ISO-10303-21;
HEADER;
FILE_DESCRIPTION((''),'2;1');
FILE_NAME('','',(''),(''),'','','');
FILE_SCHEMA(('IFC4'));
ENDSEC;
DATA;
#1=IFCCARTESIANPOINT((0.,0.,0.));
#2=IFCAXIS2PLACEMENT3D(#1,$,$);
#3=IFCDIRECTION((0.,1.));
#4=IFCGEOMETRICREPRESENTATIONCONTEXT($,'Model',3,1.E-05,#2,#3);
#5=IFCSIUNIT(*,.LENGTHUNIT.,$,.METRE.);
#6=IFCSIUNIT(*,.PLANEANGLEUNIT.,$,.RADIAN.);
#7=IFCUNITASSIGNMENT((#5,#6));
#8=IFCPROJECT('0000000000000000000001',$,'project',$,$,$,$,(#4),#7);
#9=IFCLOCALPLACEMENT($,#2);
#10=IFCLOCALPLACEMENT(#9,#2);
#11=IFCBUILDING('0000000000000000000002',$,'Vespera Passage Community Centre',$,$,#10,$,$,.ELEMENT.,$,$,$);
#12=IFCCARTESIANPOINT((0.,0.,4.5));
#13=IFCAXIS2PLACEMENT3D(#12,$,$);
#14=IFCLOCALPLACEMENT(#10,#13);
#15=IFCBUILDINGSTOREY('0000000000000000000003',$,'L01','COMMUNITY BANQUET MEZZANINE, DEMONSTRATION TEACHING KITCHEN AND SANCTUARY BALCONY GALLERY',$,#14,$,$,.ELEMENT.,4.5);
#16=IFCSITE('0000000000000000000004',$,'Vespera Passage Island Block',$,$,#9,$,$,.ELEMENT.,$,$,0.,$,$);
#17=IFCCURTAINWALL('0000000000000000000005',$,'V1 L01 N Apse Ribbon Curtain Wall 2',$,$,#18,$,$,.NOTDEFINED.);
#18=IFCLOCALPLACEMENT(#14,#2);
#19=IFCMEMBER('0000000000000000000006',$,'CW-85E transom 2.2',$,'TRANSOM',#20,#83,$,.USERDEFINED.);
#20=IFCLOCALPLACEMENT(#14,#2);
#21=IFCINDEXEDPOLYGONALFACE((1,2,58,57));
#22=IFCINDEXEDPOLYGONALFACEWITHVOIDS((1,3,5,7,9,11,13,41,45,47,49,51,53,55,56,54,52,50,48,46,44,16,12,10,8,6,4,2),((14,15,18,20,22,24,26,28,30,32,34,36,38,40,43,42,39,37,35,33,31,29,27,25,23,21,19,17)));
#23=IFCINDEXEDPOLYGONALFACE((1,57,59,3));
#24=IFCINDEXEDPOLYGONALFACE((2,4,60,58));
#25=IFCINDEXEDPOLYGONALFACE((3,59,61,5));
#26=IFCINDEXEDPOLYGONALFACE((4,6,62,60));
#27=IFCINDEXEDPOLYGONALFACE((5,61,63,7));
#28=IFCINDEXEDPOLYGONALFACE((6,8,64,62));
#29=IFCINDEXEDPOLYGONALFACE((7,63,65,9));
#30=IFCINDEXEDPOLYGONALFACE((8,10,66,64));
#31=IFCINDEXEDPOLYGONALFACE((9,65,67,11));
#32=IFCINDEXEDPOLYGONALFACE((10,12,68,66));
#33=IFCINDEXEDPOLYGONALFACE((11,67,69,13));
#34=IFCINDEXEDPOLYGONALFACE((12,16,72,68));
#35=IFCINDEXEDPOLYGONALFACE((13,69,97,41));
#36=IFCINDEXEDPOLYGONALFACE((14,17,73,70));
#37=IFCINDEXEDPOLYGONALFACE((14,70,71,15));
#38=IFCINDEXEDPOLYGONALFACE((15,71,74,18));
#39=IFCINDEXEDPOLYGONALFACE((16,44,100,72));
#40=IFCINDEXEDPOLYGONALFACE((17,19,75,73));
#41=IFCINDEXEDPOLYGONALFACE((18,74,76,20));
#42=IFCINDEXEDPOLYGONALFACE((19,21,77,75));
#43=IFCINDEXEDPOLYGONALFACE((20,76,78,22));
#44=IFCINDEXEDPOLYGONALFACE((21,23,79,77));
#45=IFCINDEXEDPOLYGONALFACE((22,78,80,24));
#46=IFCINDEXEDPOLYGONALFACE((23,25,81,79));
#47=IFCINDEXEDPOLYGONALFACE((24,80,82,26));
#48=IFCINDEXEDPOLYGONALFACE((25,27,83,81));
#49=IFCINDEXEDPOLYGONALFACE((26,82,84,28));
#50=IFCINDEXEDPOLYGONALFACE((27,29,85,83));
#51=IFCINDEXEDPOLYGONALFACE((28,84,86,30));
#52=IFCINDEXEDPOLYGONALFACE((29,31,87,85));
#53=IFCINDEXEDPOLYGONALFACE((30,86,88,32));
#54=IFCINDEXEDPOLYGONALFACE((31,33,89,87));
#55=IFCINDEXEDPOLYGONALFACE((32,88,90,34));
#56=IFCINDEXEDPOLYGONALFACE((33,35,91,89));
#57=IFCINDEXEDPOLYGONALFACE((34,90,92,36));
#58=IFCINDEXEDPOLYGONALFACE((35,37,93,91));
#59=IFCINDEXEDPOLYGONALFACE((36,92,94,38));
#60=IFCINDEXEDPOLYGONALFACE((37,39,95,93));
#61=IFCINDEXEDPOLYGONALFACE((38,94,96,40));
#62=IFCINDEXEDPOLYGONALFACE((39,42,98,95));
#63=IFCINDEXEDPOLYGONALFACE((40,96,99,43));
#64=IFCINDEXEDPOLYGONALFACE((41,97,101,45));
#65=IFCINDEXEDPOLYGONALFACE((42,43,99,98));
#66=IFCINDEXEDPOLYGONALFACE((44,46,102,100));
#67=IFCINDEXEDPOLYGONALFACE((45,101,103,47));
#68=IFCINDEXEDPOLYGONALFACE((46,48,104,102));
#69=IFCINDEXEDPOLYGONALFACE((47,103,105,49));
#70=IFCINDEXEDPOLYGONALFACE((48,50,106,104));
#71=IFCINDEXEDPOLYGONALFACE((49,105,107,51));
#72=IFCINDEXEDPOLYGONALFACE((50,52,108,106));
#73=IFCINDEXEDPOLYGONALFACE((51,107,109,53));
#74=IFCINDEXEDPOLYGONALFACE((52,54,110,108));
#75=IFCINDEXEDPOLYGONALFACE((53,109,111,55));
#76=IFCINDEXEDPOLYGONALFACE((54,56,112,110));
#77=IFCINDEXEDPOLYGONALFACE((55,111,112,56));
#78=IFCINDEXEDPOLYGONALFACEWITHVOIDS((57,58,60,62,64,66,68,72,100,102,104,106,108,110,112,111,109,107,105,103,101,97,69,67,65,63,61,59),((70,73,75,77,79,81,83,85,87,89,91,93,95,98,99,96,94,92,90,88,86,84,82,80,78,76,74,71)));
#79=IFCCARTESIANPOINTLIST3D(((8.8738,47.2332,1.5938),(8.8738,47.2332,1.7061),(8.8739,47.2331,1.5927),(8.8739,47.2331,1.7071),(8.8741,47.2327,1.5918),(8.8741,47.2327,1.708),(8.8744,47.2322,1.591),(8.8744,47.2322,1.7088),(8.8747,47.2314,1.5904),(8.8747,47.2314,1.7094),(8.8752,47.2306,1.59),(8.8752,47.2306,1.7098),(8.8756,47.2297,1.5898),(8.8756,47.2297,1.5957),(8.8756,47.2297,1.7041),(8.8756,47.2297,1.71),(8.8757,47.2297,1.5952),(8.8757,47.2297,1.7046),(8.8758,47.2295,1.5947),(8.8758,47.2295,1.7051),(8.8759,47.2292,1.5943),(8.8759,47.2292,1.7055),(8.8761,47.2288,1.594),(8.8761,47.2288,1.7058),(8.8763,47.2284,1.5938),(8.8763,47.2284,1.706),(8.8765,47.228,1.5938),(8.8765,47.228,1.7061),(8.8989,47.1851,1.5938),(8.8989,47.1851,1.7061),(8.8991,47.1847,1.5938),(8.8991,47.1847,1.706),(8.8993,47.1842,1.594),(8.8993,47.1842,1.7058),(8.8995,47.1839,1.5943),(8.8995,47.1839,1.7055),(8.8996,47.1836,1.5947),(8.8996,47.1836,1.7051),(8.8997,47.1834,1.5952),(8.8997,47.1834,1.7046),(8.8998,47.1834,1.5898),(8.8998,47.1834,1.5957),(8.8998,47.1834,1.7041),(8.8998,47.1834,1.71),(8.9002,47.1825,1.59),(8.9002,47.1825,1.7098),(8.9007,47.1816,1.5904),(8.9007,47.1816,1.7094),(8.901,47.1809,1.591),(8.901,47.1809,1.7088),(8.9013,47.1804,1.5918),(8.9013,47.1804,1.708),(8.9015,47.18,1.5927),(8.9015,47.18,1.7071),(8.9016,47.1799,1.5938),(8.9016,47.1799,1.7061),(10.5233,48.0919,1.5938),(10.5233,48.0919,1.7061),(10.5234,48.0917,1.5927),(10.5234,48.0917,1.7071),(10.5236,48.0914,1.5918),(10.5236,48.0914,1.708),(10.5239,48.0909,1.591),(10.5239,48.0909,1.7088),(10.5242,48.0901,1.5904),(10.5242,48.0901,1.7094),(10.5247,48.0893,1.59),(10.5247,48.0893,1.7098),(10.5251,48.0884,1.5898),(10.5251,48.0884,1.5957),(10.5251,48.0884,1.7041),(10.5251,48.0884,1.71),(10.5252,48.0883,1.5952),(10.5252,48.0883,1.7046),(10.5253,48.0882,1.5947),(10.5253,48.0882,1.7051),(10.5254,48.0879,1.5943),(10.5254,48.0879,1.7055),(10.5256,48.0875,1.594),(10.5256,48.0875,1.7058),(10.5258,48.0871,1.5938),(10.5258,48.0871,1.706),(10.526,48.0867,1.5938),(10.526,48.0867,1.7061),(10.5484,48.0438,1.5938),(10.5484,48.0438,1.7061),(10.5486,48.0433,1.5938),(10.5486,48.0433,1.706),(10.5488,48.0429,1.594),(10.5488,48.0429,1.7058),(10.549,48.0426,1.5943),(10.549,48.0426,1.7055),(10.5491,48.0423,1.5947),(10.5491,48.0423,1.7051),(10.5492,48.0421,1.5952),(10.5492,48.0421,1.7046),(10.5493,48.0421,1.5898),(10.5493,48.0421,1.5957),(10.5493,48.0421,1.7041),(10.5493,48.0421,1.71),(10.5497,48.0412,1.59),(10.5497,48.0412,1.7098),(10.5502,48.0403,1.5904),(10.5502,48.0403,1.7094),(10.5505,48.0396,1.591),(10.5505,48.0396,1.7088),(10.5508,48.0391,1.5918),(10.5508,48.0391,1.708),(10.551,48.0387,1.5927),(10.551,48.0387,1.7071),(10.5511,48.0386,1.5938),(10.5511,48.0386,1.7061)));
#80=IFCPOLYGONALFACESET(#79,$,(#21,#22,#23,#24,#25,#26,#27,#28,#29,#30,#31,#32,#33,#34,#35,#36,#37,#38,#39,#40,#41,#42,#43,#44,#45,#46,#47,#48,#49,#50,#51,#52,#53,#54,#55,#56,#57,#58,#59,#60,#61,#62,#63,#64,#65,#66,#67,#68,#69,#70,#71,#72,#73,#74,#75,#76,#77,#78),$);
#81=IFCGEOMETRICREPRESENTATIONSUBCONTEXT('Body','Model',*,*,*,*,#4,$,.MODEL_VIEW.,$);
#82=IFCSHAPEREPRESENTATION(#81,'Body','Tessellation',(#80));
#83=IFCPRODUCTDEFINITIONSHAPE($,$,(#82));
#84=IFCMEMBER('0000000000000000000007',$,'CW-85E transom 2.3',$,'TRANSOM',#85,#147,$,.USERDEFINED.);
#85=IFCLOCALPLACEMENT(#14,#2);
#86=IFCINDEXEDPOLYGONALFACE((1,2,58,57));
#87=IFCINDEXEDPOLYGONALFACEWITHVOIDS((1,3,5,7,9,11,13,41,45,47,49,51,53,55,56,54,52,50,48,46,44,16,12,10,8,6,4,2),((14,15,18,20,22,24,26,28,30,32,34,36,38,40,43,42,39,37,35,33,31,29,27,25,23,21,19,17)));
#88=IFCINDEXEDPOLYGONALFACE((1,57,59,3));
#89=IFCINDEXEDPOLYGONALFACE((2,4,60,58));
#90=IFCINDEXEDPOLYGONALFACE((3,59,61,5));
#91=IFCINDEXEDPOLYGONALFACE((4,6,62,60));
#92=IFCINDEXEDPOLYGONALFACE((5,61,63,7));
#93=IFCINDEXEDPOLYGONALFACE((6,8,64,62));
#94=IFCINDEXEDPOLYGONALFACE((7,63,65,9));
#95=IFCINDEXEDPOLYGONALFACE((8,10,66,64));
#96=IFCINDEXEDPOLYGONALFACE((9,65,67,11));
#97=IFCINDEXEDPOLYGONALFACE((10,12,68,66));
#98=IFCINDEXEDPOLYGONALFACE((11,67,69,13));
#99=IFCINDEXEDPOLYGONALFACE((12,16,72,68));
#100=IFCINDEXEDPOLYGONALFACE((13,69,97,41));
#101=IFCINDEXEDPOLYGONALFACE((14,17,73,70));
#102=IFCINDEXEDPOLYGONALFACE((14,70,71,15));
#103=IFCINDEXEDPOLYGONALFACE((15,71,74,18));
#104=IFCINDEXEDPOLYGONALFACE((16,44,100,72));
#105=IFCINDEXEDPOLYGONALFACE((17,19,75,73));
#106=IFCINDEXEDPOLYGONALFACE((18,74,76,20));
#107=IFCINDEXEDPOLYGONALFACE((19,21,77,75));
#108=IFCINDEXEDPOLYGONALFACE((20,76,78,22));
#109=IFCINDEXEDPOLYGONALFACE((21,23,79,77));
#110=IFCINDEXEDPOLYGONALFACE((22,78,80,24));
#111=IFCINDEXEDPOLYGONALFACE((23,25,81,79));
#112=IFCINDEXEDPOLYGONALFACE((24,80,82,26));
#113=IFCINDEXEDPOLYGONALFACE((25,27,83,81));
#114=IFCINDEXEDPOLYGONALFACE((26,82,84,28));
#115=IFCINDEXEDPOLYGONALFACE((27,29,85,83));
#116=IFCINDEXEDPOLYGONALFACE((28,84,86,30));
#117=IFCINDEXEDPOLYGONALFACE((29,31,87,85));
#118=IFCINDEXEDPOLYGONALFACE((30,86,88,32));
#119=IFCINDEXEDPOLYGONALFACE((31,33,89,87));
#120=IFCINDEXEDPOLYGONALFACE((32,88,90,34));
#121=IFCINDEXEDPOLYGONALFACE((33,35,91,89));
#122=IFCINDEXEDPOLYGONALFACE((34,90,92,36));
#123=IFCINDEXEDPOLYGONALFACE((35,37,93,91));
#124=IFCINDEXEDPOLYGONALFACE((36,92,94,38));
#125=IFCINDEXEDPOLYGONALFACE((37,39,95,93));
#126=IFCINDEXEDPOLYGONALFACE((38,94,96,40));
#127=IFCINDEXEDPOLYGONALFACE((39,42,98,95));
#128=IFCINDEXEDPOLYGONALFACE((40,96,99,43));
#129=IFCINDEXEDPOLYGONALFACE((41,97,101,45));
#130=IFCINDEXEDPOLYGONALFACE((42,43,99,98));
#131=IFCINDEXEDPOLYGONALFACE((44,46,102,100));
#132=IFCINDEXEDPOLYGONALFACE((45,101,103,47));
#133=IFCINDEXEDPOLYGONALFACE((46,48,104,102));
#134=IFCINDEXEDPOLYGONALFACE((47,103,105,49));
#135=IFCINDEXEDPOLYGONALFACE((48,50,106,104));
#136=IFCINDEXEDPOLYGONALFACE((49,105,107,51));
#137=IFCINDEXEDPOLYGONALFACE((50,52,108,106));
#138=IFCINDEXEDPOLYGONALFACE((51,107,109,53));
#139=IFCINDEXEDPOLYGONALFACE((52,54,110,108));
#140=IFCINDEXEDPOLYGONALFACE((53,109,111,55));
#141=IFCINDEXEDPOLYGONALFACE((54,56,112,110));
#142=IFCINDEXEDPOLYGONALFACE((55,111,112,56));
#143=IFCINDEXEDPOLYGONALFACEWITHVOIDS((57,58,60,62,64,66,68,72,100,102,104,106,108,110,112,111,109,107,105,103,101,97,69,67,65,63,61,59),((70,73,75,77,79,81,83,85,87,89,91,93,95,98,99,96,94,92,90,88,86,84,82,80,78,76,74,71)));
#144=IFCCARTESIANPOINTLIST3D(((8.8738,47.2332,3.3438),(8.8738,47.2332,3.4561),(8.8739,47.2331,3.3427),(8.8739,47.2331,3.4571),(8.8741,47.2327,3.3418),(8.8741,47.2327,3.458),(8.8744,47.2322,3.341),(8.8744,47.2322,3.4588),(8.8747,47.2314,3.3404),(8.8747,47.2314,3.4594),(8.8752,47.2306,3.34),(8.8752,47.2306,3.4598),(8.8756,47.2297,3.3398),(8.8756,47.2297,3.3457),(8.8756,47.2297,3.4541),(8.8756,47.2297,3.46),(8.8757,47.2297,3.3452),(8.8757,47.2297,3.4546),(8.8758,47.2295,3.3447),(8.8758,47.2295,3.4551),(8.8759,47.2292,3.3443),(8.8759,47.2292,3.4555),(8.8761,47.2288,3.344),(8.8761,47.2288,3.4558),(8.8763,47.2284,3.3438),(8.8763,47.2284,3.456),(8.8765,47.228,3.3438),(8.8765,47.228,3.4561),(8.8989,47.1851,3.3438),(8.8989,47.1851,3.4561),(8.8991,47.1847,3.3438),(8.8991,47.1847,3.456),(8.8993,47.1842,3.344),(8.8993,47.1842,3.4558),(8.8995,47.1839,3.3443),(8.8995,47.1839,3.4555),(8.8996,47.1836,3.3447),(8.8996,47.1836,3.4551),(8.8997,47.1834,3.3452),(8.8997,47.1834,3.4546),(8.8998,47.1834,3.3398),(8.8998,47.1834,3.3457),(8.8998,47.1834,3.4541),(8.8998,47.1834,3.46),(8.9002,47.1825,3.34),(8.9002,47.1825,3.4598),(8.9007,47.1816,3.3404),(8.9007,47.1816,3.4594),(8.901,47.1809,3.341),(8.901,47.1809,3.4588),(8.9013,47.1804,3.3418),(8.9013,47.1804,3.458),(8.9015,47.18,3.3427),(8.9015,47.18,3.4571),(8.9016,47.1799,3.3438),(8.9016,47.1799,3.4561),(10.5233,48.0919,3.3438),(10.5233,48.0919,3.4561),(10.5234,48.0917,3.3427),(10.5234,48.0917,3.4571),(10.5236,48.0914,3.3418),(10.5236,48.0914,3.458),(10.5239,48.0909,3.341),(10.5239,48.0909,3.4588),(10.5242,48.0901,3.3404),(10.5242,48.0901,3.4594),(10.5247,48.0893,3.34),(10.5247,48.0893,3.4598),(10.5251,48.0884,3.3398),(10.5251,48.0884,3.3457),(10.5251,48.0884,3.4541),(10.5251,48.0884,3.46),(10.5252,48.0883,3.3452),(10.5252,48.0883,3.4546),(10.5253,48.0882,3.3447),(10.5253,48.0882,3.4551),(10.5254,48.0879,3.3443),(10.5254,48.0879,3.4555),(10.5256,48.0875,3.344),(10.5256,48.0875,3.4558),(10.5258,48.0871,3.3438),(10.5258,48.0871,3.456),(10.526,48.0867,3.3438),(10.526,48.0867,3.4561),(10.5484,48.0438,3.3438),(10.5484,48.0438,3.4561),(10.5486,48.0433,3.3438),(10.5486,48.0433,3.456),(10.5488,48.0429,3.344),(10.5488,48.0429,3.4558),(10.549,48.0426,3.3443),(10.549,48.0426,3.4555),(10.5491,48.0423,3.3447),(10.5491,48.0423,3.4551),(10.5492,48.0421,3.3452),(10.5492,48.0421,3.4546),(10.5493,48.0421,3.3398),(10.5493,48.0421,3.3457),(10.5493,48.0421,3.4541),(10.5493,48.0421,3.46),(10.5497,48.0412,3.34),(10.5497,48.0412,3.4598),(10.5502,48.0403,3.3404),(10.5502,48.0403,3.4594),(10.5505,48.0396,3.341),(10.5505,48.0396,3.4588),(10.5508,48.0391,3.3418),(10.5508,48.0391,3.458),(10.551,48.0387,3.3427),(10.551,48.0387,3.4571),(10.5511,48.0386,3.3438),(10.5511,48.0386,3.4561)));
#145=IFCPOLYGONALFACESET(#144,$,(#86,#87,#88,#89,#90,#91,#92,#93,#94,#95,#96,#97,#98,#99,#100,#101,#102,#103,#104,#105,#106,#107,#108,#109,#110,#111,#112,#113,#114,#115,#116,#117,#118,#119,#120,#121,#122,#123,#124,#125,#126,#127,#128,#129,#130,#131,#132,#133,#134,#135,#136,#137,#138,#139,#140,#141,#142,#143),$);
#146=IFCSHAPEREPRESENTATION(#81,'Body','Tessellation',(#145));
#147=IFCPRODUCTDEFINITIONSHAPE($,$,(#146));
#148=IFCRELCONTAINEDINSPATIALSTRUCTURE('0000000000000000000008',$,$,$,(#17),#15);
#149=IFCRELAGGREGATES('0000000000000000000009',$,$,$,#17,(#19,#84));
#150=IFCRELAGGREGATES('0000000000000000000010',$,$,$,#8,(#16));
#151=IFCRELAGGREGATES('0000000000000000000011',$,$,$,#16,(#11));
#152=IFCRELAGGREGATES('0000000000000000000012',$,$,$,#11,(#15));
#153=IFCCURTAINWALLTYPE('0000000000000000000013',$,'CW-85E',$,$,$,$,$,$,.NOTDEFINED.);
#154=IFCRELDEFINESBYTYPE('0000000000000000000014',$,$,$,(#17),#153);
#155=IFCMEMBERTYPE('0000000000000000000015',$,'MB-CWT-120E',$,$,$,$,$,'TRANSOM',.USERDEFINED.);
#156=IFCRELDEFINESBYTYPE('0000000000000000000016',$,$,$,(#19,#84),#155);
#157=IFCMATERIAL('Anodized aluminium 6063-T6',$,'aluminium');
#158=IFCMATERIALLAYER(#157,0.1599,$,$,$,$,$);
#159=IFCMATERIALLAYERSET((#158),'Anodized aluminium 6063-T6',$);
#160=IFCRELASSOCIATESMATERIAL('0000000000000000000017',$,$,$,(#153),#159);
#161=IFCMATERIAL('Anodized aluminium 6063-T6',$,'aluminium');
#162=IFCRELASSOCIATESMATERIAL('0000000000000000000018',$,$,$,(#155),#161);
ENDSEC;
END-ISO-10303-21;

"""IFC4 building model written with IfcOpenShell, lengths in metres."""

from ifc_helpers import new_model, si_unit, direction, frame, origin, origin_2d, place, context, subcontext, project, spatial, hollow_rectangle, extrude, material, layer, layer_set, material_profile, profile_set, type_object, element, aggregate, save


model = new_model("IFC4")

# Units and contexts
model_context = context("Model", 3, precision=1e-05, world=origin(), true_north=direction((0.0, 1.0)))
body_context = subcontext(model_context, "Body", "Model", "MODEL_VIEW")
ifc_project = project(units=[si_unit("LENGTHUNIT", "METRE"), si_unit("PLANEANGLEUNIT", "RADIAN")], contexts=[model_context])

# Site, building, storey
site_placement = place(None, origin())
site = spatial("IfcSite", under=ifc_project, at=site_placement, Name="Vespera Passage Island Block", CompositionType="ELEMENT", RefElevation=0.0)
building_placement = place(site_placement, origin())
building = spatial("IfcBuilding", under=site, at=building_placement, Name="Vespera Passage Community Centre", CompositionType="ELEMENT")
storey_placement = place(building_placement, frame((0.0, 0.0, 4.5)))
storey = spatial("IfcBuildingStorey", under=building, at=storey_placement, Name="L01", Description="COMMUNITY BANQUET MEZZANINE, DEMONSTRATION TEACHING KITCHEN AND SANCTUARY BALCONY GALLERY", CompositionType="ELEMENT", Elevation=4.5)

# Curtain wall, members
ifc_material_1 = material(Name="Anodized aluminium 6063-T6", Category="aluminium")
ifc_layer_1 = layer(ifc_material_1, 0.1599)
ifc_layer_set_1 = layer_set([ifc_layer_1], Name="Anodized aluminium 6063-T6")
curtain_wall_type = type_object("IfcCurtainWallType", Name="CW-85E", PredefinedType="NOTDEFINED", material=ifc_layer_set_1)
curtain_wall_placement = place(storey_placement, origin())
curtain_wall = element("IfcCurtainWall", 1, at=curtain_wall_placement, inside=storey, type_object=curtain_wall_type, Name="V1 L01 N Apse Ribbon Curtain Wall 2", PredefinedType="NOTDEFINED")
ifc_material_2 = material(Name="Anodized aluminium 6063-T6", Category="aluminium")
ifc_material_profile_1 = material_profile(ifc_material_2, hollow_rectangle(XDim=0.0601, YDim=0.1201, WallThickness=0.0039, InnerFilletRadius=0.002, OuterFilletRadius=0.0039, at=origin_2d()), Name="ALU120X60X4")
ifc_profile_set_1 = profile_set([ifc_material_profile_1], Name="Anodized aluminium 6063-T6")
member_type_1 = type_object("IfcMemberType", Name="MB-CWT-120E", ElementType="TRANSOM", PredefinedType="USERDEFINED", material=ifc_profile_set_1)
member_1_placement = place(storey_placement, frame((8.8877, 47.2065, 1.6499), z_axis=(0.887008, 0.461754, 0.0), x_axis=(-0.461754, 0.887008, 0.0)))
member_1 = element("IfcMember", 2, at=member_1_placement, type_object=member_type_1, Name="CW-85E transom 2.2", ObjectType="TRANSOM", PredefinedType="USERDEFINED", context=body_context, shape_type="SweptSolid", body=[
    extrude(hollow_rectangle(XDim=0.0601, YDim=0.1201, WallThickness=0.0039, InnerFilletRadius=0.002, OuterFilletRadius=0.0039, at=origin_2d()), origin(), (0.0, 0.0, 1.0), 1.8596),
])
member_2_placement = place(storey_placement, frame((8.8877, 47.2065, 3.3999), z_axis=(0.887008, 0.461754, 0.0), x_axis=(-0.461754, 0.887008, 0.0)))
member_2 = element("IfcMember", 3, at=member_2_placement, type_object=member_type_1, Name="CW-85E transom 2.3", ObjectType="TRANSOM", PredefinedType="USERDEFINED", context=body_context, shape_type="SweptSolid", body=[
    extrude(hollow_rectangle(XDim=0.0601, YDim=0.1201, WallThickness=0.0039, InnerFilletRadius=0.002, OuterFilletRadius=0.0039, at=origin_2d()), origin(), (0.0, 0.0, 1.0), 1.8596),
])
aggregate(curtain_wall, [member_1, member_2])

save(model, "model.ifc")
